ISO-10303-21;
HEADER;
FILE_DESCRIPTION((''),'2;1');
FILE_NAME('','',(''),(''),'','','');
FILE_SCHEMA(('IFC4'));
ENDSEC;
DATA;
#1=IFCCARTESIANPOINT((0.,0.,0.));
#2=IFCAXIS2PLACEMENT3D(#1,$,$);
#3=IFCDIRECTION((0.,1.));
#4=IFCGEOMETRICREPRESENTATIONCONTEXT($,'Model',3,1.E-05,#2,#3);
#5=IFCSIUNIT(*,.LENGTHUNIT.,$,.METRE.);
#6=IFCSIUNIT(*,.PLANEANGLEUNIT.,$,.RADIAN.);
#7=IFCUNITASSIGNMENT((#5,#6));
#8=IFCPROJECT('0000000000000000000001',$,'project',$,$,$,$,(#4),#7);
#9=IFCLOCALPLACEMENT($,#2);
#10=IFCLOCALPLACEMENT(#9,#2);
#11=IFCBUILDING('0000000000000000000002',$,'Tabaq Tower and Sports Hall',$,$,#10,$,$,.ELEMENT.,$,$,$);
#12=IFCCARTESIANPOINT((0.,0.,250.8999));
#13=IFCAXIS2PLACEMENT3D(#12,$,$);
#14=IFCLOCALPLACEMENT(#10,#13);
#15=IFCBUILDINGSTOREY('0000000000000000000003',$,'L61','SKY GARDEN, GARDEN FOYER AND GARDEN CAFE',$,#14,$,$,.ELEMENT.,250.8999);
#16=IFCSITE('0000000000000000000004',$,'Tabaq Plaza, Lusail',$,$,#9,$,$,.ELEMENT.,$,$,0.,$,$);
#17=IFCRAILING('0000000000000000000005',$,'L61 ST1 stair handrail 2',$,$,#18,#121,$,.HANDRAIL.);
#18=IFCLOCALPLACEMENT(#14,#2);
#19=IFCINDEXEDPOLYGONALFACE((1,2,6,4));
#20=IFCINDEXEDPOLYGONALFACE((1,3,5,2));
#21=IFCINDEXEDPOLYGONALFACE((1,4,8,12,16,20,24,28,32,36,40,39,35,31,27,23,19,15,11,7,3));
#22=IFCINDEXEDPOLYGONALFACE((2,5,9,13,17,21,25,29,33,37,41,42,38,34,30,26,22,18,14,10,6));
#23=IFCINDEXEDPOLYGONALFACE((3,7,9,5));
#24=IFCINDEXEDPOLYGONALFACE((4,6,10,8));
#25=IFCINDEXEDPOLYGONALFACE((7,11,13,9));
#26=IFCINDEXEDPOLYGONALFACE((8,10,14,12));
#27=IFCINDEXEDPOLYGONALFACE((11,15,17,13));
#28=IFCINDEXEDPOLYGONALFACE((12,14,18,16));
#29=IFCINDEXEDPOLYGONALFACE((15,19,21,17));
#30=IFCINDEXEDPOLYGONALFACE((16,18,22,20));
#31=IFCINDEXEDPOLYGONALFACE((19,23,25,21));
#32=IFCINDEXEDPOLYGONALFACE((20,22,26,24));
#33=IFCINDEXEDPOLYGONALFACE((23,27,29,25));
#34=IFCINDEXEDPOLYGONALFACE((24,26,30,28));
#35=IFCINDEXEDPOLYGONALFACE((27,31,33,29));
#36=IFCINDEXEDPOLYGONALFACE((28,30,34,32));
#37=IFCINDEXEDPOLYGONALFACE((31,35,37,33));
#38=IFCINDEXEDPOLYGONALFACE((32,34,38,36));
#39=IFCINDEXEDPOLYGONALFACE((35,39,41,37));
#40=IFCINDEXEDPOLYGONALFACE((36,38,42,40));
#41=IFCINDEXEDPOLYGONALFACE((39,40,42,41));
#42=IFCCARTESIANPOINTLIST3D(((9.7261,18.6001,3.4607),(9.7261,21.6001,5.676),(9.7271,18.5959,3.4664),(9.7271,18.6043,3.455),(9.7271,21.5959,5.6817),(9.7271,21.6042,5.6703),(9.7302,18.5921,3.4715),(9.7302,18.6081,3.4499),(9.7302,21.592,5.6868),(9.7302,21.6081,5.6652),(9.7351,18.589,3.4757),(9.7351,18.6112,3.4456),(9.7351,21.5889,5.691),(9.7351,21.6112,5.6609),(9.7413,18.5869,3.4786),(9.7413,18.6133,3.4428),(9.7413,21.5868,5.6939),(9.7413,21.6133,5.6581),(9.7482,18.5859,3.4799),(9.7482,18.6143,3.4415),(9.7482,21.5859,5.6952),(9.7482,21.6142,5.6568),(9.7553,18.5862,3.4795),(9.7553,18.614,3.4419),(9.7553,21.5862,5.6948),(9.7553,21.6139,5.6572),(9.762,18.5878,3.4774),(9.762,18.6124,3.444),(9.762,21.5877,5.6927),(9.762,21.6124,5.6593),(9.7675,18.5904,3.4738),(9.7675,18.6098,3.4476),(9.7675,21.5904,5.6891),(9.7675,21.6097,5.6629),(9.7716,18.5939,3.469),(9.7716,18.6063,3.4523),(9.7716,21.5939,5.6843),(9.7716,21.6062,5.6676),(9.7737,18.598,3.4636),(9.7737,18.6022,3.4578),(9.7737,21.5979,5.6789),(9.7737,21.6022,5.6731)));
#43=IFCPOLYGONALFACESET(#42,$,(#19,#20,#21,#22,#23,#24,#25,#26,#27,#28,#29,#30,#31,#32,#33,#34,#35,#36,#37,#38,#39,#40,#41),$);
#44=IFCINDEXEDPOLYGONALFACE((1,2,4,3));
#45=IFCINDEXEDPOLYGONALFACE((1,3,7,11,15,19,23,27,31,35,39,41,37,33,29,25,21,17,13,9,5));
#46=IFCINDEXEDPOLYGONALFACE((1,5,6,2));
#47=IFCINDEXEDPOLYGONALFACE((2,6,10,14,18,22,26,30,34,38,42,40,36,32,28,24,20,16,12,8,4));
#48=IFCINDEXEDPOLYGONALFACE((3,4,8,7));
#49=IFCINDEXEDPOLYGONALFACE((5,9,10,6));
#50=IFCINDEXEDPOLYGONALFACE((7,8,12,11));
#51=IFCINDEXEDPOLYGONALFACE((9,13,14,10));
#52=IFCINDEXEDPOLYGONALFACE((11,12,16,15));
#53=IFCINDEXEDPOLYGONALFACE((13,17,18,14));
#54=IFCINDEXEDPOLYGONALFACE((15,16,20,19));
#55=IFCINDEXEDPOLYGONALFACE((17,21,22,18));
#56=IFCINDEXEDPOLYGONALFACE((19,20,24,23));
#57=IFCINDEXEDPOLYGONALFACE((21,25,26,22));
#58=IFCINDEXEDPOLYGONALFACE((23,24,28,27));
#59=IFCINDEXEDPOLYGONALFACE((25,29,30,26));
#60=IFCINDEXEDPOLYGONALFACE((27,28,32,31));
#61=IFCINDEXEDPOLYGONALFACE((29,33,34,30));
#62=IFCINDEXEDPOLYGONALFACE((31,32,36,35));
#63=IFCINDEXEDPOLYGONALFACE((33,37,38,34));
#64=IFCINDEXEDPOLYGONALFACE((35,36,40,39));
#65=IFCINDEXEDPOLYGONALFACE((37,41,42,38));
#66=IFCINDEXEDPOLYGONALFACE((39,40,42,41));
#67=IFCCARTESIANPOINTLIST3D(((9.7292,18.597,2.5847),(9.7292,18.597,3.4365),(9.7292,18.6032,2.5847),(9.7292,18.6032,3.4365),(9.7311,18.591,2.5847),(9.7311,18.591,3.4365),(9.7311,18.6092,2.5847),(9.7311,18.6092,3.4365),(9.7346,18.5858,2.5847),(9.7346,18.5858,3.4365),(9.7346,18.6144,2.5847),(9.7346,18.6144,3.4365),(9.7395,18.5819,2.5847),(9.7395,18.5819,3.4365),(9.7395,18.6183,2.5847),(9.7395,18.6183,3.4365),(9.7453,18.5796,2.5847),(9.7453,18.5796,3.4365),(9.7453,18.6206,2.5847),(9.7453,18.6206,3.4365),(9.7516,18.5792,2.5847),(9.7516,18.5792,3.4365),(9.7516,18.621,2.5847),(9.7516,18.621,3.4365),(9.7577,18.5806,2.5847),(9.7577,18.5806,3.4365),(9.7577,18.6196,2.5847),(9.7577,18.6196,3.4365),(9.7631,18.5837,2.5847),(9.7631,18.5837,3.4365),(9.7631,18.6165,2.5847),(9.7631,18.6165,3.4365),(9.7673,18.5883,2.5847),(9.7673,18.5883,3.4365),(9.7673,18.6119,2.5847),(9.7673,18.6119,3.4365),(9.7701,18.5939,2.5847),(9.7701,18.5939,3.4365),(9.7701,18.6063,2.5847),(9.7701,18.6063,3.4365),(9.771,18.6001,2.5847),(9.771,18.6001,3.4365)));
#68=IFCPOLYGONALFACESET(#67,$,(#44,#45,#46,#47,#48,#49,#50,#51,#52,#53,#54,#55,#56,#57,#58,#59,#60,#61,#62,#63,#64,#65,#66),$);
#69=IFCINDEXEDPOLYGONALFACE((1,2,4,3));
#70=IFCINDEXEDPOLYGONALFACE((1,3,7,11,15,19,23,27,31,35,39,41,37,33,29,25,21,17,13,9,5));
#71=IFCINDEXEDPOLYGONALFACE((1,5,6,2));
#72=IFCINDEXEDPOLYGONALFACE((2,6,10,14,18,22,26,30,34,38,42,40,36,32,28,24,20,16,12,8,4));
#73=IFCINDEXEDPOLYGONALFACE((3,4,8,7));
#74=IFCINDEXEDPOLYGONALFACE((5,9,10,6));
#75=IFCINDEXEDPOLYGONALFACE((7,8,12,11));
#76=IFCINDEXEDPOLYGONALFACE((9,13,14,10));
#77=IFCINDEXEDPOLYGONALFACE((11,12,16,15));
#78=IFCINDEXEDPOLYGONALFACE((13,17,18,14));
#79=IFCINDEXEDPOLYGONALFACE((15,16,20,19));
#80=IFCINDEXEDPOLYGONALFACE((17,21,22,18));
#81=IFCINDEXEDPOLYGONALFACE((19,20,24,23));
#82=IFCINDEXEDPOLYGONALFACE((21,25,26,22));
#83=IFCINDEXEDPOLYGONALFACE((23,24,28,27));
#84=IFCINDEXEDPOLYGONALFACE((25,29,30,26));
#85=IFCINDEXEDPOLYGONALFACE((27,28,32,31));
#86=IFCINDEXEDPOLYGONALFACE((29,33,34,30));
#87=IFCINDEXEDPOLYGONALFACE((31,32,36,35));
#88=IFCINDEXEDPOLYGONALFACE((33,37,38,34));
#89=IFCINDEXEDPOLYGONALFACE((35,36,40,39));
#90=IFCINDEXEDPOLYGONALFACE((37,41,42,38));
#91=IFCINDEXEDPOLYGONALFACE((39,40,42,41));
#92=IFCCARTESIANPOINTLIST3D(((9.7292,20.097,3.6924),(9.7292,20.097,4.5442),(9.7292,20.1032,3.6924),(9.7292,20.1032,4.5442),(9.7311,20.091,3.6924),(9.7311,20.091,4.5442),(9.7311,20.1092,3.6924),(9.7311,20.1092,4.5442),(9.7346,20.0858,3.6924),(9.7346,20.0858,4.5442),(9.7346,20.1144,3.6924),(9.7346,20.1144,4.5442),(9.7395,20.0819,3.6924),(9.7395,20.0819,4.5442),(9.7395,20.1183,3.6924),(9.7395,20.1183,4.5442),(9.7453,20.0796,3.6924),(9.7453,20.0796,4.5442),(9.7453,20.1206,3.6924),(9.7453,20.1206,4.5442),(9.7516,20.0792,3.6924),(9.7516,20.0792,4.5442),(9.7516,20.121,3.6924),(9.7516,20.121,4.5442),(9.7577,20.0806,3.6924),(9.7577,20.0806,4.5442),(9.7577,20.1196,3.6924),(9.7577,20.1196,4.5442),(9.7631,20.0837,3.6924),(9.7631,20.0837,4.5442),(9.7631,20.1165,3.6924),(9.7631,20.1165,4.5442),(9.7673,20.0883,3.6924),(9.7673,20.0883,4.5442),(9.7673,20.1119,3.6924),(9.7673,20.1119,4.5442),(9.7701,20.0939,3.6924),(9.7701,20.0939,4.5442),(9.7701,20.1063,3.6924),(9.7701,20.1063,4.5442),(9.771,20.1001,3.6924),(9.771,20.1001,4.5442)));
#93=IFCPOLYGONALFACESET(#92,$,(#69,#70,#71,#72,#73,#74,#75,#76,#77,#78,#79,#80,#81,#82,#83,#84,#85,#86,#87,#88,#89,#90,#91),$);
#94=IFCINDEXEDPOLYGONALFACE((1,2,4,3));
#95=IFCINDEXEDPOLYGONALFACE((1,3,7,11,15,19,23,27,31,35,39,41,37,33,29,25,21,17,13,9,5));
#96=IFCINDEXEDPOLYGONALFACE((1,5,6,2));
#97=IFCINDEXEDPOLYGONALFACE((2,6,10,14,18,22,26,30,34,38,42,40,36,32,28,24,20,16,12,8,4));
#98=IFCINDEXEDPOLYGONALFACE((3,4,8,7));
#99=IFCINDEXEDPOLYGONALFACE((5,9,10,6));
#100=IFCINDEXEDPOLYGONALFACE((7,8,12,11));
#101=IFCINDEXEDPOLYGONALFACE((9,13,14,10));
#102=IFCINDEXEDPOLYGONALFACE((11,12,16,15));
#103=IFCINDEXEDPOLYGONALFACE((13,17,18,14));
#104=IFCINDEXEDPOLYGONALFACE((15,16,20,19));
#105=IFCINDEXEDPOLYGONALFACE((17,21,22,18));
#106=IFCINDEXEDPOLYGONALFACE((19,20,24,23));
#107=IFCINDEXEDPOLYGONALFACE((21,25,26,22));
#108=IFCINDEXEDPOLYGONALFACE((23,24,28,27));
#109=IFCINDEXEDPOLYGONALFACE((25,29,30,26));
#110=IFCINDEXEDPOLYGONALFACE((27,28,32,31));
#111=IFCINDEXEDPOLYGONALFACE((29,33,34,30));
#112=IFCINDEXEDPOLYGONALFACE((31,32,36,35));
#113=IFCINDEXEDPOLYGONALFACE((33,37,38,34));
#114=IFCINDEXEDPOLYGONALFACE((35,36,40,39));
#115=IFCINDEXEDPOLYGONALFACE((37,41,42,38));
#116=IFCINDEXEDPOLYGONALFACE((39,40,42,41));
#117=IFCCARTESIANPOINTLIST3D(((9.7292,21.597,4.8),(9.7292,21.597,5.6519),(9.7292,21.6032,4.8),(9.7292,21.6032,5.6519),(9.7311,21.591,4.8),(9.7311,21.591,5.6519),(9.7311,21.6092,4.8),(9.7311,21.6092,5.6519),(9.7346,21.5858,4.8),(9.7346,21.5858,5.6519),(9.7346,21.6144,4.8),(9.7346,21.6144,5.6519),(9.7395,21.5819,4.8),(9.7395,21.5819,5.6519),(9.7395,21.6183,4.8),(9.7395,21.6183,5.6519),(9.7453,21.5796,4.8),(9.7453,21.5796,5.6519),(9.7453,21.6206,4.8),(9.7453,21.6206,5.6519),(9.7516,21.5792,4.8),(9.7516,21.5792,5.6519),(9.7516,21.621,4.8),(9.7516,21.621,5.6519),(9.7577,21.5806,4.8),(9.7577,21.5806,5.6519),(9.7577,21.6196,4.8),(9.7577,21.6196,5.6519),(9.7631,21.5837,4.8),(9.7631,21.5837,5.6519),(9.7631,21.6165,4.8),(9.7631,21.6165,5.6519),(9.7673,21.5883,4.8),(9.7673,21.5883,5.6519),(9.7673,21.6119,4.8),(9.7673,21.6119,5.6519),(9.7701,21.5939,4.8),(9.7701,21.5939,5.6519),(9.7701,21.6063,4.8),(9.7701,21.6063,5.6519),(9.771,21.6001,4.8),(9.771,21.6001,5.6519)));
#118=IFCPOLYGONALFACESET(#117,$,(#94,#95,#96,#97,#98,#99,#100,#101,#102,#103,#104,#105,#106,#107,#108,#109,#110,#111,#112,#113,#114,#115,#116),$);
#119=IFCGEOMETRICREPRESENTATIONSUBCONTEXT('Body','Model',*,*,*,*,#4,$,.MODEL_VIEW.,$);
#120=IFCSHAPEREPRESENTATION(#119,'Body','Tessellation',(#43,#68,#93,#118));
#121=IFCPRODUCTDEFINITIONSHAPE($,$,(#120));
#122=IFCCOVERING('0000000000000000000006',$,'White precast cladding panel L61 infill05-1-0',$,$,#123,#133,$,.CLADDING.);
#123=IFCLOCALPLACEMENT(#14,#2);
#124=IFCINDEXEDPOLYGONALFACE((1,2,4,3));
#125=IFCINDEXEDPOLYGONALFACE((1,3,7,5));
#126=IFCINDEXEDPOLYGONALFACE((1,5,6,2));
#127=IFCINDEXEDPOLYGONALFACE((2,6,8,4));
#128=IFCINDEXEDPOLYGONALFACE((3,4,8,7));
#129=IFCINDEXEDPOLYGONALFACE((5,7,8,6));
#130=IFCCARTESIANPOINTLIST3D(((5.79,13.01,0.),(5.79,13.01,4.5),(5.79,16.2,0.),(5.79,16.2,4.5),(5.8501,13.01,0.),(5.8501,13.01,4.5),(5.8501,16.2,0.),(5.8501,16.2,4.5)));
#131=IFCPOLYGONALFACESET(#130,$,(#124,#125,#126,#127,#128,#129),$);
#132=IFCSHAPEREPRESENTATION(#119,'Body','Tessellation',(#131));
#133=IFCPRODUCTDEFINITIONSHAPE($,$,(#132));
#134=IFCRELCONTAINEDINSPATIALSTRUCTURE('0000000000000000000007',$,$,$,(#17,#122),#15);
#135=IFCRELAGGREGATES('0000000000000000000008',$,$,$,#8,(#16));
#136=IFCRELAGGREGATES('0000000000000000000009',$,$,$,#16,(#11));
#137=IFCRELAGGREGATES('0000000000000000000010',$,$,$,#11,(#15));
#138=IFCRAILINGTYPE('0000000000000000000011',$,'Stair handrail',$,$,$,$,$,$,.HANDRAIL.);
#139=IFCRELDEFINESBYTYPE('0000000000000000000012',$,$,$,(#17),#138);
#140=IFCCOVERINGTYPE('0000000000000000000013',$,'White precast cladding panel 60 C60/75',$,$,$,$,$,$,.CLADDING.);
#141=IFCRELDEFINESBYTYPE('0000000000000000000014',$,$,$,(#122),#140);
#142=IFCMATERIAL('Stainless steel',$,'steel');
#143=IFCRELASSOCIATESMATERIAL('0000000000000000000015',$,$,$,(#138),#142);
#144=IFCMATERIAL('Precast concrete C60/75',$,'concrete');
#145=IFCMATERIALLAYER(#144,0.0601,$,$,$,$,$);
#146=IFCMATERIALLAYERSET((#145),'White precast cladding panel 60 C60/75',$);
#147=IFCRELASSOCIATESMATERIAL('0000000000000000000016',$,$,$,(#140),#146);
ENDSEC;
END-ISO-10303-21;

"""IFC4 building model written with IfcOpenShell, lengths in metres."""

from ifc_helpers import new_model, si_unit, direction, frame, frame_2d, origin, origin_2d, place, context, subcontext, project, spatial, rectangle, circle, extrude, material, layer, layer_set, type_object, element, save


model = new_model("IFC4")

# Units and contexts
model_context = context("Model", 3, precision=1e-05, world=origin(), true_north=direction((0.0, 1.0)))
body_context = subcontext(model_context, "Body", "Model", "MODEL_VIEW")
ifc_project = project(units=[si_unit("LENGTHUNIT", "METRE"), si_unit("PLANEANGLEUNIT", "RADIAN")], contexts=[model_context])

# Site, building, storey
site_placement = place(None, origin())
site = spatial("IfcSite", under=ifc_project, at=site_placement, Name="Tabaq Plaza, Lusail", CompositionType="ELEMENT", RefElevation=0.0)
building_placement = place(site_placement, origin())
building = spatial("IfcBuilding", under=site, at=building_placement, Name="Tabaq Tower and Sports Hall", CompositionType="ELEMENT")
storey_placement = place(building_placement, frame((0.0, 0.0, 250.8999)))
storey = spatial("IfcBuildingStorey", under=building, at=storey_placement, Name="L61", Description="SKY GARDEN, GARDEN FOYER AND GARDEN CAFE", CompositionType="ELEMENT", Elevation=250.8999)

# Railing
ifc_material_1 = material(Name="Stainless steel", Category="steel")
railing_type_1 = type_object("IfcRailingType", Name="Stair handrail", PredefinedType="HANDRAIL", material=ifc_material_1)
railing_1_placement = place(storey_placement, frame((9.75, 18.6001, 2.5847)))
element("IfcRailing", 1, at=railing_1_placement, inside=storey, type_object=railing_type_1, Name="L61 ST1 stair handrail 2", PredefinedType="HANDRAIL", context=body_context, shape_type="SweptSolid", body=[
    extrude(circle(Radius=0.0239, at=origin_2d()), frame((0.0, 0.0, 0.876), z_axis=(0.0, 0.80444, 0.594034), x_axis=(-1.0, 0.0, 0.0)), (0.0, 0.0, 1.0), 3.7292),
    extrude(circle(Radius=0.021, at=origin_2d()), origin(), (0.0, 0.0, 1.0), 0.8518),
    extrude(circle(Radius=0.021, at=origin_2d()), frame((0.0, 1.5, 1.1077)), (0.0, 0.0, 1.0), 0.8518),
    extrude(circle(Radius=0.021, at=origin_2d()), frame((0.0, 3.0, 2.2153)), (0.0, 0.0, 1.0), 0.8518),
])

# Covering
ifc_material_2 = material(Name="Precast concrete C60/75", Category="concrete")
ifc_layer_1 = layer(ifc_material_2, 0.0601)
ifc_layer_set_1 = layer_set([ifc_layer_1], Name="White precast cladding panel 60 C60/75")
covering_type_1 = type_object("IfcCoveringType", Name="White precast cladding panel 60 C60/75", PredefinedType="CLADDING", material=ifc_layer_set_1)
covering_placement = place(storey_placement, frame((5.8201, 16.2, 0.0), z_axis=(0.0, 0.0, 1.0), x_axis=(0.0, -1.0, 0.0)))
element("IfcCovering", 2, at=covering_placement, inside=storey, type_object=covering_type_1, Name="White precast cladding panel L61 infill05-1-0", PredefinedType="CLADDING", context=body_context, shape_type="SweptSolid", body=[
    extrude(rectangle(XDim=3.1899, YDim=0.0601, at=frame_2d((1.595, 0.0))), origin(), (0.0, 0.0, 1.0), 4.5),
])

save(model, "model.ifc")
